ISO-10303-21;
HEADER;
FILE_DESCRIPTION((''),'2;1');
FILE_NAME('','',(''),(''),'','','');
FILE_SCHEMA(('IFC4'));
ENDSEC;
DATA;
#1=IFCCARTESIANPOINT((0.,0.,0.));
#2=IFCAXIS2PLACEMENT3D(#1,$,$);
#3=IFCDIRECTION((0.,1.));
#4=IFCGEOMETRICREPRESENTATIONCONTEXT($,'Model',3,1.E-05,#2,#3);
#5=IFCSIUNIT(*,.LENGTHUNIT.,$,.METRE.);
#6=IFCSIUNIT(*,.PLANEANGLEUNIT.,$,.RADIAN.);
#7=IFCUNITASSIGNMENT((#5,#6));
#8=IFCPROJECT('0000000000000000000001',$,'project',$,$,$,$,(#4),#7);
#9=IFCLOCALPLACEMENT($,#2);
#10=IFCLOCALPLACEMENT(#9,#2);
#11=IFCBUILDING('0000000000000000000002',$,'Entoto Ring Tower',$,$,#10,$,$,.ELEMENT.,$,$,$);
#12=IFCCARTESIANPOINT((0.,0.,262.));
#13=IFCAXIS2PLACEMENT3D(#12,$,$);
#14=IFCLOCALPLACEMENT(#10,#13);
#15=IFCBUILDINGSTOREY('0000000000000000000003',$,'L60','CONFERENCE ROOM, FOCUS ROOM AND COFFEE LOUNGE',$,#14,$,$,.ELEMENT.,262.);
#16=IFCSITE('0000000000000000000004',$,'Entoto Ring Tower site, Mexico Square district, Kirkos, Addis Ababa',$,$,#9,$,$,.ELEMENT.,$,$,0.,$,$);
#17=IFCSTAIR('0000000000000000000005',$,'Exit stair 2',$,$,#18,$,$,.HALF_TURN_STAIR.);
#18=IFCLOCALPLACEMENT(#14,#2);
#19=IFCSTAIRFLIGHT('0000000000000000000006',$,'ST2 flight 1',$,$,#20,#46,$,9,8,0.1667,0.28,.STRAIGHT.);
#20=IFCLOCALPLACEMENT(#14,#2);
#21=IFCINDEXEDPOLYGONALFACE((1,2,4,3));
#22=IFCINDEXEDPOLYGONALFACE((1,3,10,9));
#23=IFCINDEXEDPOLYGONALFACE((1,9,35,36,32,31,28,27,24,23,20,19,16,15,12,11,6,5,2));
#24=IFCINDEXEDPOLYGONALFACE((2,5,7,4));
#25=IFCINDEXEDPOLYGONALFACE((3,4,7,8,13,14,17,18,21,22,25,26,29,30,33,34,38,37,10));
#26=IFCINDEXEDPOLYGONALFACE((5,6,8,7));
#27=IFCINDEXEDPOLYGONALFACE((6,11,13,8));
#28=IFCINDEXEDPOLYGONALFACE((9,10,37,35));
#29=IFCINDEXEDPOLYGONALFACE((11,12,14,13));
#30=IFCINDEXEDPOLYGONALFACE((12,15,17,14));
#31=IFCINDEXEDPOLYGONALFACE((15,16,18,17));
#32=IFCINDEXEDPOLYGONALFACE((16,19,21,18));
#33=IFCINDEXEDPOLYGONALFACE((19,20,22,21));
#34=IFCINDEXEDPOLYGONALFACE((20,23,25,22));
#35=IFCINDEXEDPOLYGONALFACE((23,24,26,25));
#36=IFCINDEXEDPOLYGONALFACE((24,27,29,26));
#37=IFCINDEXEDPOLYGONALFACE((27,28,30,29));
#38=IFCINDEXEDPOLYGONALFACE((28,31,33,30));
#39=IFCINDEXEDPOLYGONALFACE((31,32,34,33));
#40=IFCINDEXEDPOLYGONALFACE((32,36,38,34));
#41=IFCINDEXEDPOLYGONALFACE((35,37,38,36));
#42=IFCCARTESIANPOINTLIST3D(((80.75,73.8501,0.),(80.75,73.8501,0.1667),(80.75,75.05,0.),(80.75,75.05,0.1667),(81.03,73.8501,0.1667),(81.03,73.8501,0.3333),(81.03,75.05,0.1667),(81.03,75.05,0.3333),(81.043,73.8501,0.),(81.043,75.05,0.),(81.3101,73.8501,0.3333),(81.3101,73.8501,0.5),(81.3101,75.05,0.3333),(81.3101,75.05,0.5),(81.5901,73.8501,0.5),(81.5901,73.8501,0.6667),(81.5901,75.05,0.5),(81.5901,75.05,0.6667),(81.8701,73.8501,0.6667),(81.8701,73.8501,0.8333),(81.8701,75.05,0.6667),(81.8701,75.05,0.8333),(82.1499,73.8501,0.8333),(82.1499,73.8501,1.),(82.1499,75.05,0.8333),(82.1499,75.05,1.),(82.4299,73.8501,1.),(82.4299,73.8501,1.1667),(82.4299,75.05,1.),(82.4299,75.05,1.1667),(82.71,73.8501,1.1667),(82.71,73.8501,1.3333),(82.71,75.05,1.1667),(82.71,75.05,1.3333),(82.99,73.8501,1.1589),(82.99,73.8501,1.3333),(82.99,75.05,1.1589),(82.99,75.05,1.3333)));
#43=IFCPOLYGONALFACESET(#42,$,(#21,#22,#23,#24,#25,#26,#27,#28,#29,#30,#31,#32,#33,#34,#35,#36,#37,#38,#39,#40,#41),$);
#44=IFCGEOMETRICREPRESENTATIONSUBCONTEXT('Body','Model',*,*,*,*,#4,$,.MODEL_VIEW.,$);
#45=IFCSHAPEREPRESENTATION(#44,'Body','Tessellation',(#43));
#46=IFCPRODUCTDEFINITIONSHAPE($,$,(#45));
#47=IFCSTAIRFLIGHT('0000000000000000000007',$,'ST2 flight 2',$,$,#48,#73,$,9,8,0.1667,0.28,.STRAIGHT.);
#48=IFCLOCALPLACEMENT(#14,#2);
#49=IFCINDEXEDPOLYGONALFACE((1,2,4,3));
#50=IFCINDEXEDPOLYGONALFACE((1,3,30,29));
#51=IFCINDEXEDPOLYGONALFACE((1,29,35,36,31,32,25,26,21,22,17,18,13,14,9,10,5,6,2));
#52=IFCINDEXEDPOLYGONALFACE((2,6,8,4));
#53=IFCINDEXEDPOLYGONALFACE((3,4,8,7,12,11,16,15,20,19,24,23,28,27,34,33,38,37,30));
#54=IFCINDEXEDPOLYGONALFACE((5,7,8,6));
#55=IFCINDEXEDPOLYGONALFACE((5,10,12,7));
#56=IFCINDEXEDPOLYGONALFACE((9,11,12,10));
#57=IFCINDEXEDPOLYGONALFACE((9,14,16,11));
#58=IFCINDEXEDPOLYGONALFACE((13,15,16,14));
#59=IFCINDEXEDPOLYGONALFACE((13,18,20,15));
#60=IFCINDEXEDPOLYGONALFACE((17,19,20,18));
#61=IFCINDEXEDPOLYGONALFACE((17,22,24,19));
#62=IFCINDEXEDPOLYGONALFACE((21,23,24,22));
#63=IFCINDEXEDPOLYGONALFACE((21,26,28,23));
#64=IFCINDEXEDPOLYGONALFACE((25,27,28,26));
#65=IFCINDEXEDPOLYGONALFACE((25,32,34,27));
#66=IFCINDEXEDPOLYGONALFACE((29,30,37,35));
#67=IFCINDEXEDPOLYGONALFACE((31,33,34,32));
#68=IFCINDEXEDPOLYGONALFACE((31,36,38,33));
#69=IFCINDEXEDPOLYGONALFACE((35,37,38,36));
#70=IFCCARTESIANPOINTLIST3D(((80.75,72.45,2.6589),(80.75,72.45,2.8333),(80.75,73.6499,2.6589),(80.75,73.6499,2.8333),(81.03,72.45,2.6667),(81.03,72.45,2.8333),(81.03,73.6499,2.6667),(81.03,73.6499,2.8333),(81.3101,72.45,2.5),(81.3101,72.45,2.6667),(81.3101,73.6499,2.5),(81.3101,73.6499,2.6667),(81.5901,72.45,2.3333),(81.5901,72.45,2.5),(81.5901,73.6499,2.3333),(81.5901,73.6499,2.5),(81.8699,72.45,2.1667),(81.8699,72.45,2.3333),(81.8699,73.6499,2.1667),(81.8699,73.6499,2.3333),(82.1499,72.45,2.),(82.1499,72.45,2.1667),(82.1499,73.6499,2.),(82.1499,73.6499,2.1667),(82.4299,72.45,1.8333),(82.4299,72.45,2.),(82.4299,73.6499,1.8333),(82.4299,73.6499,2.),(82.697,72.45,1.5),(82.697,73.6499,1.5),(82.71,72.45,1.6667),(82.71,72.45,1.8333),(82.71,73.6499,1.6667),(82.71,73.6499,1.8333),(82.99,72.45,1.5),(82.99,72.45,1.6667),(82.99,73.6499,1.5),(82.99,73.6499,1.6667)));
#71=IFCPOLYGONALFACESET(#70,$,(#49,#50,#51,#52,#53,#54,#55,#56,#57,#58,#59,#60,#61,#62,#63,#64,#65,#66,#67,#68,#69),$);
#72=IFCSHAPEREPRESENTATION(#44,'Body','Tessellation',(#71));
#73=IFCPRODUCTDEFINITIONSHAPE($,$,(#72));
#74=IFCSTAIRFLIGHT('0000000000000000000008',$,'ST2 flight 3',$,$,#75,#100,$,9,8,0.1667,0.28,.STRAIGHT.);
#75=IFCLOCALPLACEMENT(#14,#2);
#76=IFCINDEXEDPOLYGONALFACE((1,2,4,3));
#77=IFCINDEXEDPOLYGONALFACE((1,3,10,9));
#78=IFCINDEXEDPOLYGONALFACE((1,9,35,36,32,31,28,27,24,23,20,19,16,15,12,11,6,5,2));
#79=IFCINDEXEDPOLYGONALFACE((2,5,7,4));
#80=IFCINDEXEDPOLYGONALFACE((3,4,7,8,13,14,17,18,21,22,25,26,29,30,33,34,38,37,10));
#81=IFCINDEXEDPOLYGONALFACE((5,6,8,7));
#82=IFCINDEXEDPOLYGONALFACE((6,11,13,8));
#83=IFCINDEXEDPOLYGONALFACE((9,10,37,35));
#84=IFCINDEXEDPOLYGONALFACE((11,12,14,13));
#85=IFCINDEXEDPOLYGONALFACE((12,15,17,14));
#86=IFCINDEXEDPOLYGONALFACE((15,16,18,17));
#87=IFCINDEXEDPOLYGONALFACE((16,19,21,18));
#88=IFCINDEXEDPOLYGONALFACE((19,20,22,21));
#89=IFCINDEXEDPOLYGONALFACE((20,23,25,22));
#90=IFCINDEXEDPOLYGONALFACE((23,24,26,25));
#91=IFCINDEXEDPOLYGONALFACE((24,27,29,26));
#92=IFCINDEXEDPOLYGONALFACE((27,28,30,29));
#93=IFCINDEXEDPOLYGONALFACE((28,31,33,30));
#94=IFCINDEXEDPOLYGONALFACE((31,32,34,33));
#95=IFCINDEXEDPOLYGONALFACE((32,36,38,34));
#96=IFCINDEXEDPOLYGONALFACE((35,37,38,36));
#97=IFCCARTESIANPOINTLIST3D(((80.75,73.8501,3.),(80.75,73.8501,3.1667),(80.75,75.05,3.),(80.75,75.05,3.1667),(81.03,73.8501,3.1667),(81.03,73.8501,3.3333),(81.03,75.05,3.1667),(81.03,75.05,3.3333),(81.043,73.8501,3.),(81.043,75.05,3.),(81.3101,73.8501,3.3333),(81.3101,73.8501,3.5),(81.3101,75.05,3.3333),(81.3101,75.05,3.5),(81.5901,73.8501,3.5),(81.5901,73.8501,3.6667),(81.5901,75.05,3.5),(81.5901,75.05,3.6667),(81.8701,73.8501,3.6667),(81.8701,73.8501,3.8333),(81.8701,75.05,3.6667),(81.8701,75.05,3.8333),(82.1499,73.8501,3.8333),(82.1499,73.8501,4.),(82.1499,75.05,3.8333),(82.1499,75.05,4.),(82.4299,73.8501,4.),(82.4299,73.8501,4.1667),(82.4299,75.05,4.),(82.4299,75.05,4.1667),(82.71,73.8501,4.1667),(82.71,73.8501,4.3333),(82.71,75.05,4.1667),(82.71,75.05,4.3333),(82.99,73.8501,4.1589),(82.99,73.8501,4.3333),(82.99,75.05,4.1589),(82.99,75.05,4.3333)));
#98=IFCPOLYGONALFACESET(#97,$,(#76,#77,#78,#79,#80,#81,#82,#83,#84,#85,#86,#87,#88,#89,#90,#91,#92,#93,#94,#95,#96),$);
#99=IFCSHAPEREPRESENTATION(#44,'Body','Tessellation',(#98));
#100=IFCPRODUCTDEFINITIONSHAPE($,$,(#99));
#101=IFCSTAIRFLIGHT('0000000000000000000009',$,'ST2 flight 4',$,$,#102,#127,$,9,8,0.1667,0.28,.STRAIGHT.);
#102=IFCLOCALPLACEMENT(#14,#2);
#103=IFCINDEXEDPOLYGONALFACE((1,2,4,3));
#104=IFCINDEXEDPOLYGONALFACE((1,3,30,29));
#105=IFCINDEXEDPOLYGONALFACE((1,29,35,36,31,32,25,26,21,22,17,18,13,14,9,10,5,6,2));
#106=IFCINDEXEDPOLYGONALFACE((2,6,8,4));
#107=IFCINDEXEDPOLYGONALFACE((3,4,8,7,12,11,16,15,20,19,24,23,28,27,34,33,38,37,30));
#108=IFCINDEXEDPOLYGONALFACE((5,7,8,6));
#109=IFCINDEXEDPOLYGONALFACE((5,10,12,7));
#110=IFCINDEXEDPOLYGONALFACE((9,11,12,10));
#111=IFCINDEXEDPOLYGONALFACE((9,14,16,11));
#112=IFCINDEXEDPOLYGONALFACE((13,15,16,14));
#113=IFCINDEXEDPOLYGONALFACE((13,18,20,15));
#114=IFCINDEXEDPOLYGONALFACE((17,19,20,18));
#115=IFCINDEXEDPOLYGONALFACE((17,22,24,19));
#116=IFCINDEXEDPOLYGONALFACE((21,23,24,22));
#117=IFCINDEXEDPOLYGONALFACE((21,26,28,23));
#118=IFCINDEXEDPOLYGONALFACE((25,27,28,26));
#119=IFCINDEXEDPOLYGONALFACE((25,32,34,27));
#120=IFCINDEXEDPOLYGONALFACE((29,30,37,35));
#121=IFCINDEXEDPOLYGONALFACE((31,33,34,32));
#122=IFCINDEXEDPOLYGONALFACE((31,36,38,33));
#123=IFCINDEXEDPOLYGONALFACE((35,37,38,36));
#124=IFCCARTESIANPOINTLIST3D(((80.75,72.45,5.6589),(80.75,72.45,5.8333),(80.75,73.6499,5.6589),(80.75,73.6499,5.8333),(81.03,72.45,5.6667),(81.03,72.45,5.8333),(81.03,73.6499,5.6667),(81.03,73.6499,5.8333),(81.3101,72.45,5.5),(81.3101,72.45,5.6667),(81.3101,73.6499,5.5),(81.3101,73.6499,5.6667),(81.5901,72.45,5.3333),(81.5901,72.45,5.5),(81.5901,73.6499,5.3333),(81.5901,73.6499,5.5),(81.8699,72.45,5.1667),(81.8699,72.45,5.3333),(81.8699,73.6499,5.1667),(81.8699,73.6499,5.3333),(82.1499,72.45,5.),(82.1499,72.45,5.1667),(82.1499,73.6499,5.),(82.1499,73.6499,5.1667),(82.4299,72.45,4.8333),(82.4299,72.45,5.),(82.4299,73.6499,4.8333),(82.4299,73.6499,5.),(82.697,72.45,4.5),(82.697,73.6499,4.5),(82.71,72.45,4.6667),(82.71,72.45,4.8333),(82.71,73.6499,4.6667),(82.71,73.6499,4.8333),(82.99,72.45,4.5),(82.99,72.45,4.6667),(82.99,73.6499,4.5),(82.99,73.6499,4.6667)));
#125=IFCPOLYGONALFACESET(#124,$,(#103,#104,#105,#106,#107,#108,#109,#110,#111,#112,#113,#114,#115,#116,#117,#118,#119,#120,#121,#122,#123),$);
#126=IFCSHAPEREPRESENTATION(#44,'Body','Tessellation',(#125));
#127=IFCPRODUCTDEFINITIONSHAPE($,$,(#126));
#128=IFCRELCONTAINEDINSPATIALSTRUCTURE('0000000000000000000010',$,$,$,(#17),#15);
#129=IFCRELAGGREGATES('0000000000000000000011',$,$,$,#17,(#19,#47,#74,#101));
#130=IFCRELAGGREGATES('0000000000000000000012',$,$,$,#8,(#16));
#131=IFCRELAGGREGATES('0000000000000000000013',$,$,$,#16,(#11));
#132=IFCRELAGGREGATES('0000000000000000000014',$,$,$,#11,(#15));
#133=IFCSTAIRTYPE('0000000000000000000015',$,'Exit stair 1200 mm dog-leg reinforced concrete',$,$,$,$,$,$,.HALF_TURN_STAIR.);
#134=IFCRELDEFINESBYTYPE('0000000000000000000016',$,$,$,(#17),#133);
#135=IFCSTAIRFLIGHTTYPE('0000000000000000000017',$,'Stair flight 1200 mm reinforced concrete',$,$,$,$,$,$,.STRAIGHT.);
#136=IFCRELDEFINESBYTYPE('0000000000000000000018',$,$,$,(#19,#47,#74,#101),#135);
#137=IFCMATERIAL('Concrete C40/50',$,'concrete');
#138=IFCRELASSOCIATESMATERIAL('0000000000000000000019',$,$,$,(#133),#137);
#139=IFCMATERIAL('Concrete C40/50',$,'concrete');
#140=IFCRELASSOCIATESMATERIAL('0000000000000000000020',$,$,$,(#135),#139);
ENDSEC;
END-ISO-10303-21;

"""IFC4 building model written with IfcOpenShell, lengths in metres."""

from ifc_helpers import new_model, si_unit, direction, frame, origin, place, context, subcontext, project, spatial, polyline, outline, extrude, material, type_object, element, aggregate, save


model = new_model("IFC4")

# Units and contexts
model_context = context("Model", 3, precision=1e-05, world=origin(), true_north=direction((0.0, 1.0)))
body_context = subcontext(model_context, "Body", "Model", "MODEL_VIEW")
ifc_project = project(units=[si_unit("LENGTHUNIT", "METRE"), si_unit("PLANEANGLEUNIT", "RADIAN")], contexts=[model_context])

# Site, building, storey
site_placement = place(None, origin())
site = spatial("IfcSite", under=ifc_project, at=site_placement, Name="Entoto Ring Tower site, Mexico Square district, Kirkos, Addis Ababa", CompositionType="ELEMENT", RefElevation=0.0)
building_placement = place(site_placement, origin())
building = spatial("IfcBuilding", under=site, at=building_placement, Name="Entoto Ring Tower", CompositionType="ELEMENT")
storey_placement = place(building_placement, frame((0.0, 0.0, 262.0)))
storey = spatial("IfcBuildingStorey", under=building, at=storey_placement, Name="L60", Description="CONFERENCE ROOM, FOCUS ROOM AND COFFEE LOUNGE", CompositionType="ELEMENT", Elevation=262.0)

# Stair, stair flights
ifc_material_1 = material(Name="Concrete C40/50", Category="concrete")
stair_type = type_object("IfcStairType", Name="Exit stair 1200 mm dog-leg reinforced concrete", PredefinedType="HALF_TURN_STAIR", material=ifc_material_1)
stair_placement = place(storey_placement, origin())
stair = element("IfcStair", 1, at=stair_placement, inside=storey, type_object=stair_type, Name="Exit stair 2", PredefinedType="HALF_TURN_STAIR")
ifc_material_2 = material(Name="Concrete C40/50", Category="concrete")
stair_flight_type = type_object("IfcStairFlightType", Name="Stair flight 1200 mm reinforced concrete", PredefinedType="STRAIGHT", material=ifc_material_2)
stair_flight_1_placement = place(storey_placement, frame((80.75, 74.45, 0.0), z_axis=(0.0, 0.0, 1.0), x_axis=(1.0, 0.0, 0.0)))
stair_flight_1 = element("IfcStairFlight", 2, at=stair_flight_1_placement, type_object=stair_flight_type, Name="ST2 flight 1", NumberOfRisers=9, NumberOfTreads=8, PredefinedType="STRAIGHT", RiserHeight=0.1667, TreadLength=0.28, context=body_context, shape_type="SweptSolid", body=[
    extrude(outline(polyline([(0.0, 0.0), (0.0, 0.1667), (0.28, 0.1667), (0.28, 0.3333), (0.5601, 0.3333), (0.5601, 0.5), (0.8401, 0.5), (0.8401, 0.6667), (1.1201, 0.6667), (1.1201, 0.8333), (1.3999, 0.8333), (1.3999, 1.0), (1.6799, 1.0), (1.6799, 1.1667), (1.96, 1.1667), (1.96, 1.3333), (2.24, 1.3333), (2.24, 1.5), (2.24, 1.1589), (0.293, 0.0), (0.0, 0.0)])), frame((0.0, 0.6001, 0.0), z_axis=(0.0, -1.0, 0.0), x_axis=(1.0, 0.0, 0.0)), (0.0, 0.0, 1.0), 1.2),
])
stair_flight_2_placement = place(storey_placement, frame((82.99, 73.05, 1.5), z_axis=(0.0, 0.0, 1.0), x_axis=(-1.0, 0.0, 0.0)))
stair_flight_2 = element("IfcStairFlight", 3, at=stair_flight_2_placement, type_object=stair_flight_type, Name="ST2 flight 2", NumberOfRisers=9, NumberOfTreads=8, PredefinedType="STRAIGHT", RiserHeight=0.1667, TreadLength=0.28, context=body_context, shape_type="SweptSolid", body=[
    extrude(outline(polyline([(0.0, 0.0), (0.0, 0.1667), (0.28, 0.1667), (0.28, 0.3333), (0.5601, 0.3333), (0.5601, 0.5), (0.8401, 0.5), (0.8401, 0.6667), (1.1201, 0.6667), (1.1201, 0.8333), (1.3999, 0.8333), (1.3999, 1.0), (1.6799, 1.0), (1.6799, 1.1667), (1.96, 1.1667), (1.96, 1.3333), (2.24, 1.3333), (2.24, 1.5), (2.24, 1.1589), (0.293, 0.0), (0.0, 0.0)])), frame((0.0, 0.6001, 0.0), z_axis=(0.0, -1.0, 0.0), x_axis=(1.0, 0.0, 0.0)), (0.0, 0.0, 1.0), 1.2),
])
stair_flight_3_placement = place(storey_placement, frame((80.75, 74.45, 3.0), z_axis=(0.0, 0.0, 1.0), x_axis=(1.0, 0.0, 0.0)))
stair_flight_3 = element("IfcStairFlight", 4, at=stair_flight_3_placement, type_object=stair_flight_type, Name="ST2 flight 3", NumberOfRisers=9, NumberOfTreads=8, PredefinedType="STRAIGHT", RiserHeight=0.1667, TreadLength=0.28, context=body_context, shape_type="SweptSolid", body=[
    extrude(outline(polyline([(0.0, 0.0), (0.0, 0.1667), (0.28, 0.1667), (0.28, 0.3333), (0.5601, 0.3333), (0.5601, 0.5), (0.8401, 0.5), (0.8401, 0.6667), (1.1201, 0.6667), (1.1201, 0.8333), (1.3999, 0.8333), (1.3999, 1.0), (1.6799, 1.0), (1.6799, 1.1667), (1.96, 1.1667), (1.96, 1.3333), (2.24, 1.3333), (2.24, 1.5), (2.24, 1.1589), (0.293, 0.0), (0.0, 0.0)])), frame((0.0, 0.6001, 0.0), z_axis=(0.0, -1.0, 0.0), x_axis=(1.0, 0.0, 0.0)), (0.0, 0.0, 1.0), 1.2),
])
stair_flight_4_placement = place(storey_placement, frame((82.99, 73.05, 4.5), z_axis=(0.0, 0.0, 1.0), x_axis=(-1.0, 0.0, 0.0)))
stair_flight_4 = element("IfcStairFlight", 5, at=stair_flight_4_placement, type_object=stair_flight_type, Name="ST2 flight 4", NumberOfRisers=9, NumberOfTreads=8, PredefinedType="STRAIGHT", RiserHeight=0.1667, TreadLength=0.28, context=body_context, shape_type="SweptSolid", body=[
    extrude(outline(polyline([(0.0, 0.0), (0.0, 0.1667), (0.28, 0.1667), (0.28, 0.3333), (0.5601, 0.3333), (0.5601, 0.5), (0.8401, 0.5), (0.8401, 0.6667), (1.1201, 0.6667), (1.1201, 0.8333), (1.3999, 0.8333), (1.3999, 1.0), (1.6799, 1.0), (1.6799, 1.1667), (1.96, 1.1667), (1.96, 1.3333), (2.24, 1.3333), (2.24, 1.5), (2.24, 1.1589), (0.293, 0.0), (0.0, 0.0)])), frame((0.0, 0.6001, 0.0), z_axis=(0.0, -1.0, 0.0), x_axis=(1.0, 0.0, 0.0)), (0.0, 0.0, 1.0), 1.2),
])
aggregate(stair, [stair_flight_1, stair_flight_2, stair_flight_3, stair_flight_4])

save(model, "model.ifc")
